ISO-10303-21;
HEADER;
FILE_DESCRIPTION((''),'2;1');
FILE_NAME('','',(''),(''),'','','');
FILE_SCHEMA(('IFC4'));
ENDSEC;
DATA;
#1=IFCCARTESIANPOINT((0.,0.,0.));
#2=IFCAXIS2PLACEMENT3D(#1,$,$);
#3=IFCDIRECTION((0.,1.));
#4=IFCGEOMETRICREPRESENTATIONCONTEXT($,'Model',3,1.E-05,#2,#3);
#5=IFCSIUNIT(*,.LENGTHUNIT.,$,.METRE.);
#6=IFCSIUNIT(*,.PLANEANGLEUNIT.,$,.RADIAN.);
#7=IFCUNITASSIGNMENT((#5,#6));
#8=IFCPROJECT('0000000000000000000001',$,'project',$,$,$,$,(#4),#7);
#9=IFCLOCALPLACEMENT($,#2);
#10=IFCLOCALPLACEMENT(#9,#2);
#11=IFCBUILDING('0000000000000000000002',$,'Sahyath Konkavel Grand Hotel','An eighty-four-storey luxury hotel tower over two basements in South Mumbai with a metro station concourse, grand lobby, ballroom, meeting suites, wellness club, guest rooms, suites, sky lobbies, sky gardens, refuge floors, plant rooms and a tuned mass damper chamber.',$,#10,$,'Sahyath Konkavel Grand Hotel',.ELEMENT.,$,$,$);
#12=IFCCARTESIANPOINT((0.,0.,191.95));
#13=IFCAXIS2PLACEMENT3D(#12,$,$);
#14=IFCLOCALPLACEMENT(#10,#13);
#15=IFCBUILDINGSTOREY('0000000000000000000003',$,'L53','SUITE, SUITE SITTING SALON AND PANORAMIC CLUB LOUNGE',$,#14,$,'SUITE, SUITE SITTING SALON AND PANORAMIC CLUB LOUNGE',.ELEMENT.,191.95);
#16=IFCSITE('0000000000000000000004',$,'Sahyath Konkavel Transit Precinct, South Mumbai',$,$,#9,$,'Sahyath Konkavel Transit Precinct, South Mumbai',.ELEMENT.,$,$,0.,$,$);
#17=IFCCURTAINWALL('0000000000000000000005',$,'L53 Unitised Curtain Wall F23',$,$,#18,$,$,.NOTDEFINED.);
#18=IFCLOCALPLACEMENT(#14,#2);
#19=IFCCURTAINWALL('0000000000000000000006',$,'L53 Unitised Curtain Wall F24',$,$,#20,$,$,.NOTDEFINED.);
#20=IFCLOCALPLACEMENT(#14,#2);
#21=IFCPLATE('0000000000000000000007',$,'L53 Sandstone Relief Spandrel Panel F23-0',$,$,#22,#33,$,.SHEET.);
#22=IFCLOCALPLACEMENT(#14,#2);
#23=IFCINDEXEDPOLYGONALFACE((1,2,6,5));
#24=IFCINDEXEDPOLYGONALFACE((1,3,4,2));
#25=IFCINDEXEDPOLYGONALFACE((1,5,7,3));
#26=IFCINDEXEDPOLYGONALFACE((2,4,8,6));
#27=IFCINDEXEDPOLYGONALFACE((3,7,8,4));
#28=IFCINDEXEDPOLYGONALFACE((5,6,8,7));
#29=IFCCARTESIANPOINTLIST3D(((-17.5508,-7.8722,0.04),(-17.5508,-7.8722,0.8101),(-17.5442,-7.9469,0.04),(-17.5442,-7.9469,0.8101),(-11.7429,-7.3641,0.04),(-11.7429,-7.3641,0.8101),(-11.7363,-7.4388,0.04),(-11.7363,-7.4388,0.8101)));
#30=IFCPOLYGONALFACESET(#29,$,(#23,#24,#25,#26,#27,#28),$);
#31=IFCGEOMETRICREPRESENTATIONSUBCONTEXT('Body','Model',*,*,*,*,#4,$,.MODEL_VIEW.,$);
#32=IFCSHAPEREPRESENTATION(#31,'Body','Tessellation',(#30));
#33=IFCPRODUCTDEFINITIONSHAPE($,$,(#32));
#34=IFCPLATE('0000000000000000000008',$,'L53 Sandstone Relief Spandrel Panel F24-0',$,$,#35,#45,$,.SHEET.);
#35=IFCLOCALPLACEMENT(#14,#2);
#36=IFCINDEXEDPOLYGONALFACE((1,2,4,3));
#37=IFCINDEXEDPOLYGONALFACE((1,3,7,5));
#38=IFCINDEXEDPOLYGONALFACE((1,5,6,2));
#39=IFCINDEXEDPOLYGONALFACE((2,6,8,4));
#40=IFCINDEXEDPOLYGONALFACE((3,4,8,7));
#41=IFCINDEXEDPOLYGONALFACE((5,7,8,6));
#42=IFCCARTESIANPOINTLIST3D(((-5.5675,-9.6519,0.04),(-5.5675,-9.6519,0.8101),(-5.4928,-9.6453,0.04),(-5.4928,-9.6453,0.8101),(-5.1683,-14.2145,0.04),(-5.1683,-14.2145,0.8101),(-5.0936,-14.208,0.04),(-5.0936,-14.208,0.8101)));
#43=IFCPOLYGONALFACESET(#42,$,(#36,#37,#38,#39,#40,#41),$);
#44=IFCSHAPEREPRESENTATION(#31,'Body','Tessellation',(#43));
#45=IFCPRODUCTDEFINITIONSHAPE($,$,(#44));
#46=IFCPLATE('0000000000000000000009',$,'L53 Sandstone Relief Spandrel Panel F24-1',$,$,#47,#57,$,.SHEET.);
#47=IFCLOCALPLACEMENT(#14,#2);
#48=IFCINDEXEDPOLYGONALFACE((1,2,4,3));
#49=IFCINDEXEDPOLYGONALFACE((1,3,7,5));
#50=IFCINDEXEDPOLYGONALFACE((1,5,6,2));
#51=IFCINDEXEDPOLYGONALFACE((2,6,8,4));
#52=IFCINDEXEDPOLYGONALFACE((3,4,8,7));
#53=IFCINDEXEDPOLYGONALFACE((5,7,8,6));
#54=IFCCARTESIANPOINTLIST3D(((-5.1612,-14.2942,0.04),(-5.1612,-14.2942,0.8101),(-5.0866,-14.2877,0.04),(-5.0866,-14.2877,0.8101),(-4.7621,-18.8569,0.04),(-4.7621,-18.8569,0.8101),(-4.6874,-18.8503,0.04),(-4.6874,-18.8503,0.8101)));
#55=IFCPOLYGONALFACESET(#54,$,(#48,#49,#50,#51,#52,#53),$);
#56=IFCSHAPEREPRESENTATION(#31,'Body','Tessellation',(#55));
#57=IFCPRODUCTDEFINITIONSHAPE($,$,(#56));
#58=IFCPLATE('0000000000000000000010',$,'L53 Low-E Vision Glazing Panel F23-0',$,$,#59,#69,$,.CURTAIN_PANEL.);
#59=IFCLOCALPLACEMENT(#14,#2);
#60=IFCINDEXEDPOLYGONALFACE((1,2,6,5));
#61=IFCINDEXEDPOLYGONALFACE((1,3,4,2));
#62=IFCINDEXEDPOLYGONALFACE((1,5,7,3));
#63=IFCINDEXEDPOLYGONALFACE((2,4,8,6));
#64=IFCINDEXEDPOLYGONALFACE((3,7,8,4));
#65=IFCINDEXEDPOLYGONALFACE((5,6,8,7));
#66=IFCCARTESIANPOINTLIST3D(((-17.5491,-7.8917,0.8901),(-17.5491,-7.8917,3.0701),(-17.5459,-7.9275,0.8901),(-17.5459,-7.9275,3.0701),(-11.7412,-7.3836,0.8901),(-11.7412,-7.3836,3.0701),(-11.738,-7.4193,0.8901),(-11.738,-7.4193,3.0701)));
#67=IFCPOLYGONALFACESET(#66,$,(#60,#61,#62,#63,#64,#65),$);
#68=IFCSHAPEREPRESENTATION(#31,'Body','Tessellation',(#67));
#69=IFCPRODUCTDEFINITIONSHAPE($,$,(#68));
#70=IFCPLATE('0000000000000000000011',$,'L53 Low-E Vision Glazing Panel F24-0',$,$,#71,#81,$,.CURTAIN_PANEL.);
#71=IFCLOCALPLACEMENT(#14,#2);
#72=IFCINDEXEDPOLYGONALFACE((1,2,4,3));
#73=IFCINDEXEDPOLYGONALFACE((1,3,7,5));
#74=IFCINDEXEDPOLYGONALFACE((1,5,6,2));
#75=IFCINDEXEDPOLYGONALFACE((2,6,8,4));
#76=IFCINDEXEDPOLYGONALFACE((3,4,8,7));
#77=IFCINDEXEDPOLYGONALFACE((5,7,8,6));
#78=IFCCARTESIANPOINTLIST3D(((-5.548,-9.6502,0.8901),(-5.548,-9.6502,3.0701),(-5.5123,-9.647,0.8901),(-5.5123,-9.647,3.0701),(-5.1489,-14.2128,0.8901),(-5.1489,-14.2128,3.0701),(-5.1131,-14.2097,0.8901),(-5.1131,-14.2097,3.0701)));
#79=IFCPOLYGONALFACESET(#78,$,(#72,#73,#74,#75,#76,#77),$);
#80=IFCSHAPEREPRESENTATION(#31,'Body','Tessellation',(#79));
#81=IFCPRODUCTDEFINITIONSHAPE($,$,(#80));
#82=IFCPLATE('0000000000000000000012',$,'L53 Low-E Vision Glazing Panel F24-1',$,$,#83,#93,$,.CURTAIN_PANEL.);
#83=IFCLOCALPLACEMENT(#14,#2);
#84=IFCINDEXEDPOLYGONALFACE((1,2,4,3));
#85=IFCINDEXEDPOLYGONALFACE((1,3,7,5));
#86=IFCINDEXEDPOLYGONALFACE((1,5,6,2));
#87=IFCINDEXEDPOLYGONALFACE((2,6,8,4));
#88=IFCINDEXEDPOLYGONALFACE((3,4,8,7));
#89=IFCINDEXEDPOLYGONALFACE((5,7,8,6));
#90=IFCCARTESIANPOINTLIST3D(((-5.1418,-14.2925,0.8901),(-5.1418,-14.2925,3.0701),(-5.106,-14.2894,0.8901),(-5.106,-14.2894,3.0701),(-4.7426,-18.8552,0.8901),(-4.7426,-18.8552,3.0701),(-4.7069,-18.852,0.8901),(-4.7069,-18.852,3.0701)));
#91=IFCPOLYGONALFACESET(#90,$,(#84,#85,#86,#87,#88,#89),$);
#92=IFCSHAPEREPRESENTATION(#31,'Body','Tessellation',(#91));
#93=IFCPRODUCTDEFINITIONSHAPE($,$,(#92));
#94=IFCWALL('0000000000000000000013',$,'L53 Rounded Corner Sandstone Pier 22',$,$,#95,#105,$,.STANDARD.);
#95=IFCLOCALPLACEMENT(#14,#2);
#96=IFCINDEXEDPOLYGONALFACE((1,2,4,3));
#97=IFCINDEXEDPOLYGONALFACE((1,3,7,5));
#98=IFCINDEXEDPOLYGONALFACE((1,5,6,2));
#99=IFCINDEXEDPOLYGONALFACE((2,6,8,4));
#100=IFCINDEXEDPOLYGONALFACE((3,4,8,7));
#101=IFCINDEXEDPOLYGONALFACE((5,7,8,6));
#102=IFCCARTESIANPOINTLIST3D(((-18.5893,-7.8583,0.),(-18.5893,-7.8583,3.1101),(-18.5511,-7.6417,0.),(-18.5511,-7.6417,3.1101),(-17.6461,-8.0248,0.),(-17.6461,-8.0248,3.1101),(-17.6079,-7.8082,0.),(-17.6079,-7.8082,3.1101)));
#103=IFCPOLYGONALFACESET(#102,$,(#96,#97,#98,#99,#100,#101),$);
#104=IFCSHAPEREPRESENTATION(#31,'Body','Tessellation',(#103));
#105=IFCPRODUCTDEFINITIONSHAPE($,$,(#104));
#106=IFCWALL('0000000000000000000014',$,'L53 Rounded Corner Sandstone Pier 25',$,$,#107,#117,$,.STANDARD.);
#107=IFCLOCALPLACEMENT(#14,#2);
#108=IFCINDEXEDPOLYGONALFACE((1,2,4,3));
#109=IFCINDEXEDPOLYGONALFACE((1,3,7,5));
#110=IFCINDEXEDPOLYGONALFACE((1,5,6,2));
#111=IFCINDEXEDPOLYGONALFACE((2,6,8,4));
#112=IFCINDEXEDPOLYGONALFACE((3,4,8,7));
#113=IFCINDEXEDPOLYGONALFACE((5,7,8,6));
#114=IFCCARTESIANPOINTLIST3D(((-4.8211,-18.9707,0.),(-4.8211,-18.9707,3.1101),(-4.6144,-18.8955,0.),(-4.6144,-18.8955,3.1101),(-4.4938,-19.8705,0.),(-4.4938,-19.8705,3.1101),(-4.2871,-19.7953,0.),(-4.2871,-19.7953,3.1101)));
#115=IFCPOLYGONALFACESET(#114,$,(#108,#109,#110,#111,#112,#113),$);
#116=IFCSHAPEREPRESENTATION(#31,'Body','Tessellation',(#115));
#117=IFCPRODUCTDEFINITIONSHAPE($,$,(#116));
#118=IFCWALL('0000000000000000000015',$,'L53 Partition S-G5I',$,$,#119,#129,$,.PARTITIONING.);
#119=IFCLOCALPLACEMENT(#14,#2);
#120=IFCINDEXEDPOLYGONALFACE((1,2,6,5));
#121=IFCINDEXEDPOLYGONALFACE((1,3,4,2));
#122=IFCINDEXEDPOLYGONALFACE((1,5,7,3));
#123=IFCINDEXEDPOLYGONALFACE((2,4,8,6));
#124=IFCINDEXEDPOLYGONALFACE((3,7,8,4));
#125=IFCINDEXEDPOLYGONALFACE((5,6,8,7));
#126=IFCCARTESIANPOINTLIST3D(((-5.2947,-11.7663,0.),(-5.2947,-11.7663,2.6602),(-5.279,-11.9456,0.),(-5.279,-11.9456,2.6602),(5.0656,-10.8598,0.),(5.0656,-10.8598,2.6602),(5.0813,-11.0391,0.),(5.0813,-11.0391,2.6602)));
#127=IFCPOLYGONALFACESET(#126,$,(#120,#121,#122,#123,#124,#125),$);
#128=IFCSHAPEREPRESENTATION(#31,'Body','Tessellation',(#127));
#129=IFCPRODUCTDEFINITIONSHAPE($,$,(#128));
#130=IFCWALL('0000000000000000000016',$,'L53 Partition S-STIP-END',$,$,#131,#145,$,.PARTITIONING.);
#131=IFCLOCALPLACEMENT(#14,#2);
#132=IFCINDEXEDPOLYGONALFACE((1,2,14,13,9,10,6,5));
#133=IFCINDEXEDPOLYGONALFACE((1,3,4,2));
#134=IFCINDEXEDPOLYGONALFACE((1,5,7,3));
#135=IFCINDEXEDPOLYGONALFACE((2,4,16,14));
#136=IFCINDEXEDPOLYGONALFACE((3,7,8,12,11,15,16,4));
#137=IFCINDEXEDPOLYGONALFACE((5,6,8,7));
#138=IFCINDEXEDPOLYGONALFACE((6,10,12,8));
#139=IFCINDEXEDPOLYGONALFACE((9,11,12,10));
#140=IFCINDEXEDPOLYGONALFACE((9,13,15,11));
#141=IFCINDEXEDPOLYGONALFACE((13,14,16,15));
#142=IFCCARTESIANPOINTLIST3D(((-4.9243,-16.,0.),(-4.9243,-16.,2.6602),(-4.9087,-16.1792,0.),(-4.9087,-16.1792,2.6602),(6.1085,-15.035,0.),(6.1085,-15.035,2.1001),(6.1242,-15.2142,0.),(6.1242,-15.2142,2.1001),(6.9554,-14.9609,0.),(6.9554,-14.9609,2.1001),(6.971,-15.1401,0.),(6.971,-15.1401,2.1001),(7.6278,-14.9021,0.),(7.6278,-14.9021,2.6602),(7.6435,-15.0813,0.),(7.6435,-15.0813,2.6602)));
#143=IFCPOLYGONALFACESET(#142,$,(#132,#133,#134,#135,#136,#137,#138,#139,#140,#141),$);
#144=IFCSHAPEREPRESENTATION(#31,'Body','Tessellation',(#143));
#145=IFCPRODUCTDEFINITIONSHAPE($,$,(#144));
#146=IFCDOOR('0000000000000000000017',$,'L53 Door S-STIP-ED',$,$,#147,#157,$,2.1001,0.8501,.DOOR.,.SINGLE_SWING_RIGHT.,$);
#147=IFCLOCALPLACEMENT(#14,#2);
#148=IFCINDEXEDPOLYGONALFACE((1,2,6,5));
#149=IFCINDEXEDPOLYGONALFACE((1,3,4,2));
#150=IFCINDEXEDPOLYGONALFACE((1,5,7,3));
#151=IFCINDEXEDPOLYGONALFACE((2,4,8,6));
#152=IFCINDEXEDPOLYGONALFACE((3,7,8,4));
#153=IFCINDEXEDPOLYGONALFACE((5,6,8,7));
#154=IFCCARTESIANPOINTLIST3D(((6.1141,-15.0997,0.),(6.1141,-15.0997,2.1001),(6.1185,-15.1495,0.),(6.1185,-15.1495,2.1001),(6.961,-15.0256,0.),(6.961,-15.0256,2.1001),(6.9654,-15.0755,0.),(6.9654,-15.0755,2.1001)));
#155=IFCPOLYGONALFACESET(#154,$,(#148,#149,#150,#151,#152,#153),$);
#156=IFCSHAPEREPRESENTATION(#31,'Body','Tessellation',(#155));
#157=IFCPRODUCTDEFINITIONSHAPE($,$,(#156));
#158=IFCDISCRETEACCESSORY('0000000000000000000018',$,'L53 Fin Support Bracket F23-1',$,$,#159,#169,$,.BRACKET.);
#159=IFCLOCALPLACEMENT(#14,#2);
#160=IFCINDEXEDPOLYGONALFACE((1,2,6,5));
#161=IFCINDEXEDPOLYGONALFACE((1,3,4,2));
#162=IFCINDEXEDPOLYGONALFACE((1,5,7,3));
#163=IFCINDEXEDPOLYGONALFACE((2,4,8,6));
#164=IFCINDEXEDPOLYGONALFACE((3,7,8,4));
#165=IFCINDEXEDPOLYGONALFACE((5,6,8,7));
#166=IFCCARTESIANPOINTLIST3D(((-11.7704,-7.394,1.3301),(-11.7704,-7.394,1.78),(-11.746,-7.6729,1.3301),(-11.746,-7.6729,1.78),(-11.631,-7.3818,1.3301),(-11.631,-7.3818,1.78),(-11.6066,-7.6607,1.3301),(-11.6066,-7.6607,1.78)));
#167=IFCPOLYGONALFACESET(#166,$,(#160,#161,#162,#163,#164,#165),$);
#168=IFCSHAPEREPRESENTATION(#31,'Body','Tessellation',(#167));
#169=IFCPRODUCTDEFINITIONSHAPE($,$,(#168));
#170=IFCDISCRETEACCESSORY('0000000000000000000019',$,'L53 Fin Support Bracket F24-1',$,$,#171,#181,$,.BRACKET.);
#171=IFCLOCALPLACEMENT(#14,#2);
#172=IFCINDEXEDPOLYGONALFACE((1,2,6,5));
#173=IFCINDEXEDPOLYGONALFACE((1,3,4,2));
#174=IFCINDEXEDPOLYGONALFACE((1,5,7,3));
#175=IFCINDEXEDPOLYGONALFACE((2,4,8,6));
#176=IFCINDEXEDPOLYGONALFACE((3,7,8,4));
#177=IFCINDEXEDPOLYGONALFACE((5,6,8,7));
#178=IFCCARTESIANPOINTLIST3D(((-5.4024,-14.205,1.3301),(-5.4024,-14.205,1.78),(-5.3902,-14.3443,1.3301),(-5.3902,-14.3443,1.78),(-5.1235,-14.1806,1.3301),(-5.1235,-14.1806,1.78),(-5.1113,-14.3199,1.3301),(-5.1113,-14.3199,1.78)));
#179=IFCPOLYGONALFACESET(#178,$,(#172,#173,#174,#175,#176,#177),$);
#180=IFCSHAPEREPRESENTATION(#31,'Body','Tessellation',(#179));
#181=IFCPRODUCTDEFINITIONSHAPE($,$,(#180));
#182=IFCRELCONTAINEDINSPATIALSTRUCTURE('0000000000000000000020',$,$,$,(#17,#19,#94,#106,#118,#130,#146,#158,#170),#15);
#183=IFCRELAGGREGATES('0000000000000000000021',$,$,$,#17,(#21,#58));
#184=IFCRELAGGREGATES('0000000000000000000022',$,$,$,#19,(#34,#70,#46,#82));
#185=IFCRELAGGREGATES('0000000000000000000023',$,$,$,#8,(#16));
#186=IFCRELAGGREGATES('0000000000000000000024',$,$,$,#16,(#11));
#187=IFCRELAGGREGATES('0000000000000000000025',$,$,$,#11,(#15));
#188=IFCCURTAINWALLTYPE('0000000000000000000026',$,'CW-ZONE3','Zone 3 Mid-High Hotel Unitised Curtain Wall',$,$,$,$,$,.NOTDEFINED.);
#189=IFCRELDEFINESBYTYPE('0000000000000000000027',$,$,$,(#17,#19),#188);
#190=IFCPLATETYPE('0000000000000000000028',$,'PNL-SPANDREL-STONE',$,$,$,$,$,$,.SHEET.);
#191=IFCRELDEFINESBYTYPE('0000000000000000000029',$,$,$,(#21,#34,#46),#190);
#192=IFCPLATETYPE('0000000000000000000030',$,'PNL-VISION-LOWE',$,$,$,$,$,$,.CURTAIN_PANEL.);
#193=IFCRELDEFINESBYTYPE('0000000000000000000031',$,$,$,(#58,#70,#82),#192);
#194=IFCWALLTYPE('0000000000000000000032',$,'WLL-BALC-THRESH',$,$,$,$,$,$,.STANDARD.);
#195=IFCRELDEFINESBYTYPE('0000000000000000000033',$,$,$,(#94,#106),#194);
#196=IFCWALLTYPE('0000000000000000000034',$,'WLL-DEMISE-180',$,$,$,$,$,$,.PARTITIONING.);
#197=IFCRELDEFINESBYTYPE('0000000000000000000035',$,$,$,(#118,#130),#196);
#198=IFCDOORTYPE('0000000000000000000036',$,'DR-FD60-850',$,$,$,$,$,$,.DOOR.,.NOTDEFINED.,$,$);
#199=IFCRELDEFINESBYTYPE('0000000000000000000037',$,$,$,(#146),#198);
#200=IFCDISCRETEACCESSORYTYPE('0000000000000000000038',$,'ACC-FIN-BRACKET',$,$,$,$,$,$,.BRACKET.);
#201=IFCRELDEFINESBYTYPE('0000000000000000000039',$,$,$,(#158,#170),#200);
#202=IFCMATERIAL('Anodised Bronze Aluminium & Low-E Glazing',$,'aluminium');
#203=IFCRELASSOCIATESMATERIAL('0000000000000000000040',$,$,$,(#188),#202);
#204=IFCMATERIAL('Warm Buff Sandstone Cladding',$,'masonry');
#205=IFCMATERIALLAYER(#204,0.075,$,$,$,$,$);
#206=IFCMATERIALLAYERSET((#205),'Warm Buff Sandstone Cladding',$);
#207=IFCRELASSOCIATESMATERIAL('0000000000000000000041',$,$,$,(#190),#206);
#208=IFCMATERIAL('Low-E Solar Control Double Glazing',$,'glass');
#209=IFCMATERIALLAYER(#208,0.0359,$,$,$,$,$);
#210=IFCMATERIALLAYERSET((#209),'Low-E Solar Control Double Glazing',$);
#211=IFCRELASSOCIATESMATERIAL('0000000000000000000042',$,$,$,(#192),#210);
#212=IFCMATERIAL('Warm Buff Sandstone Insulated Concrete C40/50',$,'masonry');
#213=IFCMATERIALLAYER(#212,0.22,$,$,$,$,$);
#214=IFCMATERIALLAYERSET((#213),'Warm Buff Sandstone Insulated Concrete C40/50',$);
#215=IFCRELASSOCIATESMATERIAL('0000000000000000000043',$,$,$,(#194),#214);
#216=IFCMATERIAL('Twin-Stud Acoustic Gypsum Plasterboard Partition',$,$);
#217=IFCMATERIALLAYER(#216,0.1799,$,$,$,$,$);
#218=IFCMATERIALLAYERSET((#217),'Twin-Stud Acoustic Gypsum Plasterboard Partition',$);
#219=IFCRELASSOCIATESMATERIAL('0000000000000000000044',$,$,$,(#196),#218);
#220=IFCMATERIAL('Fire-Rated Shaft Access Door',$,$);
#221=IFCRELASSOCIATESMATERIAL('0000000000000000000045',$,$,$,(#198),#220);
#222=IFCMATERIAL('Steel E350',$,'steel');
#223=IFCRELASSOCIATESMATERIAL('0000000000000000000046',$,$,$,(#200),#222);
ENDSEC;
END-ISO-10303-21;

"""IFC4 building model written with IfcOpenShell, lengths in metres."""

from ifc_helpers import new_model, si_unit, direction, frame, frame_2d, origin, origin_2d, place, context, subcontext, project, spatial, rectangle, extrude, source, transform, mapped, material, layer, layer_set, type_object, element, fill, aggregate, save


model = new_model("IFC4")

# Units and contexts
model_context = context("Model", 3, precision=1e-05, world=origin(), true_north=direction((0.0, 1.0)))
body_context = subcontext(model_context, "Body", "Model", "MODEL_VIEW")
ifc_project = project(units=[si_unit("LENGTHUNIT", "METRE"), si_unit("PLANEANGLEUNIT", "RADIAN")], contexts=[model_context])

# Site, building, storey
site_placement = place(None, origin())
site = spatial("IfcSite", under=ifc_project, at=site_placement, Name="Sahyath Konkavel Transit Precinct, South Mumbai", LongName="Sahyath Konkavel Transit Precinct, South Mumbai", CompositionType="ELEMENT", RefElevation=0.0)
building_placement = place(site_placement, origin())
building = spatial("IfcBuilding", under=site, at=building_placement, Name="Sahyath Konkavel Grand Hotel", Description="An eighty-four-storey luxury hotel tower over two basements in South Mumbai with a metro station concourse, grand lobby, ballroom, meeting suites, wellness club, guest rooms, suites, sky lobbies, sky gardens, refuge floors, plant rooms and a tuned mass damper chamber.", LongName="Sahyath Konkavel Grand Hotel", CompositionType="ELEMENT")
storey_placement = place(building_placement, frame((0.0, 0.0, 191.95)))
storey = spatial("IfcBuildingStorey", under=building, at=storey_placement, Name="L53", Description="SUITE, SUITE SITTING SALON AND PANORAMIC CLUB LOUNGE", LongName="SUITE, SUITE SITTING SALON AND PANORAMIC CLUB LOUNGE", CompositionType="ELEMENT", Elevation=191.95)

# Curtain walls
ifc_material_1 = material(Name="Anodised Bronze Aluminium & Low-E Glazing", Category="aluminium")
curtain_wall_type = type_object("IfcCurtainWallType", Name="CW-ZONE3", Description="Zone 3 Mid-High Hotel Unitised Curtain Wall", PredefinedType="NOTDEFINED", material=ifc_material_1)
curtain_wall_1_placement = place(storey_placement, origin())
curtain_wall_1 = element("IfcCurtainWall", 1, at=curtain_wall_1_placement, inside=storey, type_object=curtain_wall_type, Name="L53 Unitised Curtain Wall F23", PredefinedType="NOTDEFINED")
curtain_wall_2_placement = place(storey_placement, origin())
curtain_wall_2 = element("IfcCurtainWall", 2, at=curtain_wall_2_placement, inside=storey, type_object=curtain_wall_type, Name="L53 Unitised Curtain Wall F24", PredefinedType="NOTDEFINED")

# Plates
ifc_material_2 = material(Name="Warm Buff Sandstone Cladding", Category="masonry")
ifc_layer_1 = layer(ifc_material_2, 0.075)
ifc_layer_set_1 = layer_set([ifc_layer_1], Name="Warm Buff Sandstone Cladding")
plate_type_1 = type_object("IfcPlateType", Name="PNL-SPANDREL-STONE", PredefinedType="SHEET", material=ifc_layer_set_1)
shared_shape_1 = source(origin(), body_context, "Body", "SweptSolid", [
    extrude(rectangle(XDim=5.8301, YDim=0.075, at=origin_2d()), origin(), (0.0, 0.0, 1.0), 0.77),
])
plate_1_placement = place(storey_placement, frame((-14.6436, -7.6555, 0.04), z_axis=(0.0, 0.0, 1.0), x_axis=(0.996195, 0.087156, 0.0)))
plate_1 = element("IfcPlate", 3, at=plate_1_placement, type_object=plate_type_1, Name="L53 Sandstone Relief Spandrel Panel F23-0", PredefinedType="SHEET", context=body_context, shape_type="MappedRepresentation", body=[
    mapped(shared_shape_1, transform((0.0, 0.0, 0.0), scale=1.0)),
])
shared_shape_2 = source(origin(), body_context, "Body", "SweptSolid", [
    extrude(rectangle(XDim=4.5801, YDim=0.075, at=origin_2d()), origin(), (0.0, 0.0, 1.0), 0.77),
])
plate_2_placement = place(storey_placement, frame((-5.3306, -11.9299, 0.04), z_axis=(0.0, 0.0, 1.0), x_axis=(0.087156, -0.996195, 0.0)))
plate_2 = element("IfcPlate", 4, at=plate_2_placement, type_object=plate_type_1, Name="L53 Sandstone Relief Spandrel Panel F24-0", PredefinedType="SHEET", context=body_context, shape_type="MappedRepresentation", body=[
    mapped(shared_shape_2, transform((0.0, 0.0, 0.0), scale=1.0)),
])
plate_3_placement = place(storey_placement, frame((-4.9243, -16.5723, 0.04), z_axis=(0.0, 0.0, 1.0), x_axis=(0.087156, -0.996195, 0.0)))
plate_3 = element("IfcPlate", 5, at=plate_3_placement, type_object=plate_type_1, Name="L53 Sandstone Relief Spandrel Panel F24-1", PredefinedType="SHEET", context=body_context, shape_type="MappedRepresentation", body=[
    mapped(shared_shape_2, transform((0.0, 0.0, 0.0), scale=1.0)),
])
ifc_material_3 = material(Name="Low-E Solar Control Double Glazing", Category="glass")
ifc_layer_2 = layer(ifc_material_3, 0.0359)
ifc_layer_set_2 = layer_set([ifc_layer_2], Name="Low-E Solar Control Double Glazing")
plate_type_2 = type_object("IfcPlateType", Name="PNL-VISION-LOWE", PredefinedType="CURTAIN_PANEL", material=ifc_layer_set_2)
shared_shape_3 = source(origin(), body_context, "Body", "SweptSolid", [
    extrude(rectangle(XDim=5.8301, YDim=0.0359, at=origin_2d()), origin(), (0.0, 0.0, 1.0), 2.1799),
])
plate_4_placement = place(storey_placement, frame((-14.6436, -7.6555, 0.8901), z_axis=(0.0, 0.0, 1.0), x_axis=(0.996195, 0.087156, 0.0)))
plate_4 = element("IfcPlate", 6, at=plate_4_placement, type_object=plate_type_2, Name="L53 Low-E Vision Glazing Panel F23-0", PredefinedType="CURTAIN_PANEL", context=body_context, shape_type="MappedRepresentation", body=[
    mapped(shared_shape_3, transform((0.0, 0.0, 0.0), scale=1.0)),
])
aggregate(curtain_wall_1, [plate_1, plate_4])
shared_shape_4 = source(origin(), body_context, "Body", "SweptSolid", [
    extrude(rectangle(XDim=4.5801, YDim=0.0359, at=origin_2d()), origin(), (0.0, 0.0, 1.0), 2.1799),
])
plate_5_placement = place(storey_placement, frame((-5.3306, -11.9299, 0.8901), z_axis=(0.0, 0.0, 1.0), x_axis=(0.087156, -0.996195, 0.0)))
plate_5 = element("IfcPlate", 7, at=plate_5_placement, type_object=plate_type_2, Name="L53 Low-E Vision Glazing Panel F24-0", PredefinedType="CURTAIN_PANEL", context=body_context, shape_type="MappedRepresentation", body=[
    mapped(shared_shape_4, transform((0.0, 0.0, 0.0), scale=1.0)),
])
plate_6_placement = place(storey_placement, frame((-4.9243, -16.5723, 0.8901), z_axis=(0.0, 0.0, 1.0), x_axis=(0.087156, -0.996195, 0.0)))
plate_6 = element("IfcPlate", 8, at=plate_6_placement, type_object=plate_type_2, Name="L53 Low-E Vision Glazing Panel F24-1", PredefinedType="CURTAIN_PANEL", context=body_context, shape_type="MappedRepresentation", body=[
    mapped(shared_shape_4, transform((0.0, 0.0, 0.0), scale=1.0)),
])
aggregate(curtain_wall_2, [plate_2, plate_5, plate_3, plate_6])

# Walls
ifc_material_4 = material(Name="Warm Buff Sandstone Insulated Concrete C40/50", Category="masonry")
ifc_layer_3 = layer(ifc_material_4, 0.22)
ifc_layer_set_3 = layer_set([ifc_layer_3], Name="Warm Buff Sandstone Insulated Concrete C40/50")
wall_type_1 = type_object("IfcWallType", Name="WLL-BALC-THRESH", PredefinedType="STANDARD", material=ifc_layer_set_3)
wall_1_placement = place(storey_placement, frame((-18.5703, -7.75, 0.0), z_axis=(0.0, 0.0, 1.0), x_axis=(0.984771, -0.173858, 0.0)))
element("IfcWall", 9, at=wall_1_placement, inside=storey, type_object=wall_type_1, Name="L53 Rounded Corner Sandstone Pier 22", PredefinedType="STANDARD", context=body_context, shape_type="SweptSolid", body=[
    extrude(rectangle(XDim=0.9578, YDim=0.22, at=frame_2d((0.479, 0.0))), origin(), (0.0, 0.0, 1.0), 3.1101),
])
wall_2_placement = place(storey_placement, frame((-4.7178, -18.9331, 0.0), z_axis=(0.0, 0.0, 1.0), x_axis=(0.341886, -0.939741, 0.0)))
element("IfcWall", 10, at=wall_2_placement, inside=storey, type_object=wall_type_1, Name="L53 Rounded Corner Sandstone Pier 25", PredefinedType="STANDARD", context=body_context, shape_type="SweptSolid", body=[
    extrude(rectangle(XDim=0.9575, YDim=0.22, at=frame_2d((0.4788, 0.0))), origin(), (0.0, 0.0, 1.0), 3.1101),
])
ifc_material_5 = material(Name="Twin-Stud Acoustic Gypsum Plasterboard Partition")
ifc_layer_4 = layer(ifc_material_5, 0.1799)
ifc_layer_set_4 = layer_set([ifc_layer_4], Name="Twin-Stud Acoustic Gypsum Plasterboard Partition")
wall_type_2 = type_object("IfcWallType", Name="WLL-DEMISE-180", PredefinedType="PARTITIONING", material=ifc_layer_set_4)
wall_3_placement = place(storey_placement, frame((-5.2869, -11.856, 0.0), z_axis=(0.0, 0.0, 1.0), x_axis=(0.996194, 0.087163, 0.0)))
element("IfcWall", 11, at=wall_3_placement, inside=storey, type_object=wall_type_2, Name="L53 Partition S-G5I", PredefinedType="PARTITIONING", context=body_context, shape_type="SweptSolid", body=[
    extrude(rectangle(XDim=10.3999, YDim=0.1799, at=frame_2d((5.2, 0.0))), origin(), (0.0, 0.0, 1.0), 2.6602),
])

# Wall, opening, door
wall_4_placement = place(storey_placement, frame((-4.9165, -16.0896, 0.0), z_axis=(0.0, 0.0, 1.0), x_axis=(0.996197, 0.087134, 0.0)))
wall_4 = element("IfcWall", 12, at=wall_4_placement, inside=storey, type_object=wall_type_2, Name="L53 Partition S-STIP-END", PredefinedType="PARTITIONING", context=body_context, shape_type="SweptSolid", body=[
    extrude(rectangle(XDim=12.6001, YDim=0.1799, at=frame_2d((6.3, 0.0))), origin(), (0.0, 0.0, 1.0), 2.6602),
])
opening_placement = place(wall_4_placement, frame((11.075, 0.0, 0.0)))
opening = element("IfcOpeningElement", 13, at=opening_placement, cuts=wall_4, PredefinedType="OPENING", context=body_context, shape_type="SweptSolid", body=[
    extrude(rectangle(XDim=0.8501, YDim=2.1001, at=frame_2d((0.425, 1.05))), frame((0.0, 0.1001, 0.0), z_axis=(0.0, -1.0, 0.0), x_axis=(1.0, 0.0, 0.0)), (0.0, 0.0, 1.0), 0.2),
])
ifc_material_6 = material(Name="Fire-Rated Shaft Access Door")
door_type = type_object("IfcDoorType", Name="DR-FD60-850", OperationType="NOTDEFINED", PredefinedType="DOOR", material=ifc_material_6)
shared_shape_5 = source(origin(), body_context, "Body", "SweptSolid", [
    extrude(rectangle(XDim=0.8501, YDim=0.05, at=origin_2d()), origin(), (0.0, 0.0, 1.0), 2.1001),
])
door_placement = place(opening_placement, frame((0.425, 0.0, 0.0)))
door = element("IfcDoor", 14, at=door_placement, inside=storey, type_object=door_type, Name="L53 Door S-STIP-ED", OperationType="SINGLE_SWING_RIGHT", OverallHeight=2.1001, OverallWidth=0.8501, PredefinedType="DOOR", context=body_context, shape_type="MappedRepresentation", body=[
    mapped(shared_shape_5, transform((0.0, 0.0, 0.0), scale=1.0)),
])
fill(opening, door)

# Discrete accessories
ifc_material_7 = material(Name="Steel E350", Category="steel")
discrete_accessory_type = type_object("IfcDiscreteAccessoryType", Name="ACC-FIN-BRACKET", PredefinedType="BRACKET", material=ifc_material_7)
shared_shape_6 = source(origin(), body_context, "Body", "SweptSolid", [
    extrude(rectangle(XDim=0.28, YDim=0.1399, at=origin_2d()), origin(), (0.0, 0.0, 1.0), 0.45),
])
for number, where, z_axis, x_axis, name in (
    (15, (-11.6885, -7.5273, 1.3301), (0.0, 0.0, 1.0), (0.087156, -0.996195, 0.0), "L53 Fin Support Bracket F23-1"),
    (16, (-5.2568, -14.2625, 1.3301), (0.0, 0.0, 1.0), (-0.996195, -0.087156, 0.0), "L53 Fin Support Bracket F24-1"),
):
    element("IfcDiscreteAccessory", number, at=place(storey_placement, frame(where, z_axis=z_axis, x_axis=x_axis)), inside=storey, type_object=discrete_accessory_type, Name=name, PredefinedType="BRACKET", context=body_context, shape_type="MappedRepresentation", body=[
        mapped(shared_shape_6, transform((0.0, 0.0, 0.0), scale=1.0)),
    ])

save(model, "model.ifc")
